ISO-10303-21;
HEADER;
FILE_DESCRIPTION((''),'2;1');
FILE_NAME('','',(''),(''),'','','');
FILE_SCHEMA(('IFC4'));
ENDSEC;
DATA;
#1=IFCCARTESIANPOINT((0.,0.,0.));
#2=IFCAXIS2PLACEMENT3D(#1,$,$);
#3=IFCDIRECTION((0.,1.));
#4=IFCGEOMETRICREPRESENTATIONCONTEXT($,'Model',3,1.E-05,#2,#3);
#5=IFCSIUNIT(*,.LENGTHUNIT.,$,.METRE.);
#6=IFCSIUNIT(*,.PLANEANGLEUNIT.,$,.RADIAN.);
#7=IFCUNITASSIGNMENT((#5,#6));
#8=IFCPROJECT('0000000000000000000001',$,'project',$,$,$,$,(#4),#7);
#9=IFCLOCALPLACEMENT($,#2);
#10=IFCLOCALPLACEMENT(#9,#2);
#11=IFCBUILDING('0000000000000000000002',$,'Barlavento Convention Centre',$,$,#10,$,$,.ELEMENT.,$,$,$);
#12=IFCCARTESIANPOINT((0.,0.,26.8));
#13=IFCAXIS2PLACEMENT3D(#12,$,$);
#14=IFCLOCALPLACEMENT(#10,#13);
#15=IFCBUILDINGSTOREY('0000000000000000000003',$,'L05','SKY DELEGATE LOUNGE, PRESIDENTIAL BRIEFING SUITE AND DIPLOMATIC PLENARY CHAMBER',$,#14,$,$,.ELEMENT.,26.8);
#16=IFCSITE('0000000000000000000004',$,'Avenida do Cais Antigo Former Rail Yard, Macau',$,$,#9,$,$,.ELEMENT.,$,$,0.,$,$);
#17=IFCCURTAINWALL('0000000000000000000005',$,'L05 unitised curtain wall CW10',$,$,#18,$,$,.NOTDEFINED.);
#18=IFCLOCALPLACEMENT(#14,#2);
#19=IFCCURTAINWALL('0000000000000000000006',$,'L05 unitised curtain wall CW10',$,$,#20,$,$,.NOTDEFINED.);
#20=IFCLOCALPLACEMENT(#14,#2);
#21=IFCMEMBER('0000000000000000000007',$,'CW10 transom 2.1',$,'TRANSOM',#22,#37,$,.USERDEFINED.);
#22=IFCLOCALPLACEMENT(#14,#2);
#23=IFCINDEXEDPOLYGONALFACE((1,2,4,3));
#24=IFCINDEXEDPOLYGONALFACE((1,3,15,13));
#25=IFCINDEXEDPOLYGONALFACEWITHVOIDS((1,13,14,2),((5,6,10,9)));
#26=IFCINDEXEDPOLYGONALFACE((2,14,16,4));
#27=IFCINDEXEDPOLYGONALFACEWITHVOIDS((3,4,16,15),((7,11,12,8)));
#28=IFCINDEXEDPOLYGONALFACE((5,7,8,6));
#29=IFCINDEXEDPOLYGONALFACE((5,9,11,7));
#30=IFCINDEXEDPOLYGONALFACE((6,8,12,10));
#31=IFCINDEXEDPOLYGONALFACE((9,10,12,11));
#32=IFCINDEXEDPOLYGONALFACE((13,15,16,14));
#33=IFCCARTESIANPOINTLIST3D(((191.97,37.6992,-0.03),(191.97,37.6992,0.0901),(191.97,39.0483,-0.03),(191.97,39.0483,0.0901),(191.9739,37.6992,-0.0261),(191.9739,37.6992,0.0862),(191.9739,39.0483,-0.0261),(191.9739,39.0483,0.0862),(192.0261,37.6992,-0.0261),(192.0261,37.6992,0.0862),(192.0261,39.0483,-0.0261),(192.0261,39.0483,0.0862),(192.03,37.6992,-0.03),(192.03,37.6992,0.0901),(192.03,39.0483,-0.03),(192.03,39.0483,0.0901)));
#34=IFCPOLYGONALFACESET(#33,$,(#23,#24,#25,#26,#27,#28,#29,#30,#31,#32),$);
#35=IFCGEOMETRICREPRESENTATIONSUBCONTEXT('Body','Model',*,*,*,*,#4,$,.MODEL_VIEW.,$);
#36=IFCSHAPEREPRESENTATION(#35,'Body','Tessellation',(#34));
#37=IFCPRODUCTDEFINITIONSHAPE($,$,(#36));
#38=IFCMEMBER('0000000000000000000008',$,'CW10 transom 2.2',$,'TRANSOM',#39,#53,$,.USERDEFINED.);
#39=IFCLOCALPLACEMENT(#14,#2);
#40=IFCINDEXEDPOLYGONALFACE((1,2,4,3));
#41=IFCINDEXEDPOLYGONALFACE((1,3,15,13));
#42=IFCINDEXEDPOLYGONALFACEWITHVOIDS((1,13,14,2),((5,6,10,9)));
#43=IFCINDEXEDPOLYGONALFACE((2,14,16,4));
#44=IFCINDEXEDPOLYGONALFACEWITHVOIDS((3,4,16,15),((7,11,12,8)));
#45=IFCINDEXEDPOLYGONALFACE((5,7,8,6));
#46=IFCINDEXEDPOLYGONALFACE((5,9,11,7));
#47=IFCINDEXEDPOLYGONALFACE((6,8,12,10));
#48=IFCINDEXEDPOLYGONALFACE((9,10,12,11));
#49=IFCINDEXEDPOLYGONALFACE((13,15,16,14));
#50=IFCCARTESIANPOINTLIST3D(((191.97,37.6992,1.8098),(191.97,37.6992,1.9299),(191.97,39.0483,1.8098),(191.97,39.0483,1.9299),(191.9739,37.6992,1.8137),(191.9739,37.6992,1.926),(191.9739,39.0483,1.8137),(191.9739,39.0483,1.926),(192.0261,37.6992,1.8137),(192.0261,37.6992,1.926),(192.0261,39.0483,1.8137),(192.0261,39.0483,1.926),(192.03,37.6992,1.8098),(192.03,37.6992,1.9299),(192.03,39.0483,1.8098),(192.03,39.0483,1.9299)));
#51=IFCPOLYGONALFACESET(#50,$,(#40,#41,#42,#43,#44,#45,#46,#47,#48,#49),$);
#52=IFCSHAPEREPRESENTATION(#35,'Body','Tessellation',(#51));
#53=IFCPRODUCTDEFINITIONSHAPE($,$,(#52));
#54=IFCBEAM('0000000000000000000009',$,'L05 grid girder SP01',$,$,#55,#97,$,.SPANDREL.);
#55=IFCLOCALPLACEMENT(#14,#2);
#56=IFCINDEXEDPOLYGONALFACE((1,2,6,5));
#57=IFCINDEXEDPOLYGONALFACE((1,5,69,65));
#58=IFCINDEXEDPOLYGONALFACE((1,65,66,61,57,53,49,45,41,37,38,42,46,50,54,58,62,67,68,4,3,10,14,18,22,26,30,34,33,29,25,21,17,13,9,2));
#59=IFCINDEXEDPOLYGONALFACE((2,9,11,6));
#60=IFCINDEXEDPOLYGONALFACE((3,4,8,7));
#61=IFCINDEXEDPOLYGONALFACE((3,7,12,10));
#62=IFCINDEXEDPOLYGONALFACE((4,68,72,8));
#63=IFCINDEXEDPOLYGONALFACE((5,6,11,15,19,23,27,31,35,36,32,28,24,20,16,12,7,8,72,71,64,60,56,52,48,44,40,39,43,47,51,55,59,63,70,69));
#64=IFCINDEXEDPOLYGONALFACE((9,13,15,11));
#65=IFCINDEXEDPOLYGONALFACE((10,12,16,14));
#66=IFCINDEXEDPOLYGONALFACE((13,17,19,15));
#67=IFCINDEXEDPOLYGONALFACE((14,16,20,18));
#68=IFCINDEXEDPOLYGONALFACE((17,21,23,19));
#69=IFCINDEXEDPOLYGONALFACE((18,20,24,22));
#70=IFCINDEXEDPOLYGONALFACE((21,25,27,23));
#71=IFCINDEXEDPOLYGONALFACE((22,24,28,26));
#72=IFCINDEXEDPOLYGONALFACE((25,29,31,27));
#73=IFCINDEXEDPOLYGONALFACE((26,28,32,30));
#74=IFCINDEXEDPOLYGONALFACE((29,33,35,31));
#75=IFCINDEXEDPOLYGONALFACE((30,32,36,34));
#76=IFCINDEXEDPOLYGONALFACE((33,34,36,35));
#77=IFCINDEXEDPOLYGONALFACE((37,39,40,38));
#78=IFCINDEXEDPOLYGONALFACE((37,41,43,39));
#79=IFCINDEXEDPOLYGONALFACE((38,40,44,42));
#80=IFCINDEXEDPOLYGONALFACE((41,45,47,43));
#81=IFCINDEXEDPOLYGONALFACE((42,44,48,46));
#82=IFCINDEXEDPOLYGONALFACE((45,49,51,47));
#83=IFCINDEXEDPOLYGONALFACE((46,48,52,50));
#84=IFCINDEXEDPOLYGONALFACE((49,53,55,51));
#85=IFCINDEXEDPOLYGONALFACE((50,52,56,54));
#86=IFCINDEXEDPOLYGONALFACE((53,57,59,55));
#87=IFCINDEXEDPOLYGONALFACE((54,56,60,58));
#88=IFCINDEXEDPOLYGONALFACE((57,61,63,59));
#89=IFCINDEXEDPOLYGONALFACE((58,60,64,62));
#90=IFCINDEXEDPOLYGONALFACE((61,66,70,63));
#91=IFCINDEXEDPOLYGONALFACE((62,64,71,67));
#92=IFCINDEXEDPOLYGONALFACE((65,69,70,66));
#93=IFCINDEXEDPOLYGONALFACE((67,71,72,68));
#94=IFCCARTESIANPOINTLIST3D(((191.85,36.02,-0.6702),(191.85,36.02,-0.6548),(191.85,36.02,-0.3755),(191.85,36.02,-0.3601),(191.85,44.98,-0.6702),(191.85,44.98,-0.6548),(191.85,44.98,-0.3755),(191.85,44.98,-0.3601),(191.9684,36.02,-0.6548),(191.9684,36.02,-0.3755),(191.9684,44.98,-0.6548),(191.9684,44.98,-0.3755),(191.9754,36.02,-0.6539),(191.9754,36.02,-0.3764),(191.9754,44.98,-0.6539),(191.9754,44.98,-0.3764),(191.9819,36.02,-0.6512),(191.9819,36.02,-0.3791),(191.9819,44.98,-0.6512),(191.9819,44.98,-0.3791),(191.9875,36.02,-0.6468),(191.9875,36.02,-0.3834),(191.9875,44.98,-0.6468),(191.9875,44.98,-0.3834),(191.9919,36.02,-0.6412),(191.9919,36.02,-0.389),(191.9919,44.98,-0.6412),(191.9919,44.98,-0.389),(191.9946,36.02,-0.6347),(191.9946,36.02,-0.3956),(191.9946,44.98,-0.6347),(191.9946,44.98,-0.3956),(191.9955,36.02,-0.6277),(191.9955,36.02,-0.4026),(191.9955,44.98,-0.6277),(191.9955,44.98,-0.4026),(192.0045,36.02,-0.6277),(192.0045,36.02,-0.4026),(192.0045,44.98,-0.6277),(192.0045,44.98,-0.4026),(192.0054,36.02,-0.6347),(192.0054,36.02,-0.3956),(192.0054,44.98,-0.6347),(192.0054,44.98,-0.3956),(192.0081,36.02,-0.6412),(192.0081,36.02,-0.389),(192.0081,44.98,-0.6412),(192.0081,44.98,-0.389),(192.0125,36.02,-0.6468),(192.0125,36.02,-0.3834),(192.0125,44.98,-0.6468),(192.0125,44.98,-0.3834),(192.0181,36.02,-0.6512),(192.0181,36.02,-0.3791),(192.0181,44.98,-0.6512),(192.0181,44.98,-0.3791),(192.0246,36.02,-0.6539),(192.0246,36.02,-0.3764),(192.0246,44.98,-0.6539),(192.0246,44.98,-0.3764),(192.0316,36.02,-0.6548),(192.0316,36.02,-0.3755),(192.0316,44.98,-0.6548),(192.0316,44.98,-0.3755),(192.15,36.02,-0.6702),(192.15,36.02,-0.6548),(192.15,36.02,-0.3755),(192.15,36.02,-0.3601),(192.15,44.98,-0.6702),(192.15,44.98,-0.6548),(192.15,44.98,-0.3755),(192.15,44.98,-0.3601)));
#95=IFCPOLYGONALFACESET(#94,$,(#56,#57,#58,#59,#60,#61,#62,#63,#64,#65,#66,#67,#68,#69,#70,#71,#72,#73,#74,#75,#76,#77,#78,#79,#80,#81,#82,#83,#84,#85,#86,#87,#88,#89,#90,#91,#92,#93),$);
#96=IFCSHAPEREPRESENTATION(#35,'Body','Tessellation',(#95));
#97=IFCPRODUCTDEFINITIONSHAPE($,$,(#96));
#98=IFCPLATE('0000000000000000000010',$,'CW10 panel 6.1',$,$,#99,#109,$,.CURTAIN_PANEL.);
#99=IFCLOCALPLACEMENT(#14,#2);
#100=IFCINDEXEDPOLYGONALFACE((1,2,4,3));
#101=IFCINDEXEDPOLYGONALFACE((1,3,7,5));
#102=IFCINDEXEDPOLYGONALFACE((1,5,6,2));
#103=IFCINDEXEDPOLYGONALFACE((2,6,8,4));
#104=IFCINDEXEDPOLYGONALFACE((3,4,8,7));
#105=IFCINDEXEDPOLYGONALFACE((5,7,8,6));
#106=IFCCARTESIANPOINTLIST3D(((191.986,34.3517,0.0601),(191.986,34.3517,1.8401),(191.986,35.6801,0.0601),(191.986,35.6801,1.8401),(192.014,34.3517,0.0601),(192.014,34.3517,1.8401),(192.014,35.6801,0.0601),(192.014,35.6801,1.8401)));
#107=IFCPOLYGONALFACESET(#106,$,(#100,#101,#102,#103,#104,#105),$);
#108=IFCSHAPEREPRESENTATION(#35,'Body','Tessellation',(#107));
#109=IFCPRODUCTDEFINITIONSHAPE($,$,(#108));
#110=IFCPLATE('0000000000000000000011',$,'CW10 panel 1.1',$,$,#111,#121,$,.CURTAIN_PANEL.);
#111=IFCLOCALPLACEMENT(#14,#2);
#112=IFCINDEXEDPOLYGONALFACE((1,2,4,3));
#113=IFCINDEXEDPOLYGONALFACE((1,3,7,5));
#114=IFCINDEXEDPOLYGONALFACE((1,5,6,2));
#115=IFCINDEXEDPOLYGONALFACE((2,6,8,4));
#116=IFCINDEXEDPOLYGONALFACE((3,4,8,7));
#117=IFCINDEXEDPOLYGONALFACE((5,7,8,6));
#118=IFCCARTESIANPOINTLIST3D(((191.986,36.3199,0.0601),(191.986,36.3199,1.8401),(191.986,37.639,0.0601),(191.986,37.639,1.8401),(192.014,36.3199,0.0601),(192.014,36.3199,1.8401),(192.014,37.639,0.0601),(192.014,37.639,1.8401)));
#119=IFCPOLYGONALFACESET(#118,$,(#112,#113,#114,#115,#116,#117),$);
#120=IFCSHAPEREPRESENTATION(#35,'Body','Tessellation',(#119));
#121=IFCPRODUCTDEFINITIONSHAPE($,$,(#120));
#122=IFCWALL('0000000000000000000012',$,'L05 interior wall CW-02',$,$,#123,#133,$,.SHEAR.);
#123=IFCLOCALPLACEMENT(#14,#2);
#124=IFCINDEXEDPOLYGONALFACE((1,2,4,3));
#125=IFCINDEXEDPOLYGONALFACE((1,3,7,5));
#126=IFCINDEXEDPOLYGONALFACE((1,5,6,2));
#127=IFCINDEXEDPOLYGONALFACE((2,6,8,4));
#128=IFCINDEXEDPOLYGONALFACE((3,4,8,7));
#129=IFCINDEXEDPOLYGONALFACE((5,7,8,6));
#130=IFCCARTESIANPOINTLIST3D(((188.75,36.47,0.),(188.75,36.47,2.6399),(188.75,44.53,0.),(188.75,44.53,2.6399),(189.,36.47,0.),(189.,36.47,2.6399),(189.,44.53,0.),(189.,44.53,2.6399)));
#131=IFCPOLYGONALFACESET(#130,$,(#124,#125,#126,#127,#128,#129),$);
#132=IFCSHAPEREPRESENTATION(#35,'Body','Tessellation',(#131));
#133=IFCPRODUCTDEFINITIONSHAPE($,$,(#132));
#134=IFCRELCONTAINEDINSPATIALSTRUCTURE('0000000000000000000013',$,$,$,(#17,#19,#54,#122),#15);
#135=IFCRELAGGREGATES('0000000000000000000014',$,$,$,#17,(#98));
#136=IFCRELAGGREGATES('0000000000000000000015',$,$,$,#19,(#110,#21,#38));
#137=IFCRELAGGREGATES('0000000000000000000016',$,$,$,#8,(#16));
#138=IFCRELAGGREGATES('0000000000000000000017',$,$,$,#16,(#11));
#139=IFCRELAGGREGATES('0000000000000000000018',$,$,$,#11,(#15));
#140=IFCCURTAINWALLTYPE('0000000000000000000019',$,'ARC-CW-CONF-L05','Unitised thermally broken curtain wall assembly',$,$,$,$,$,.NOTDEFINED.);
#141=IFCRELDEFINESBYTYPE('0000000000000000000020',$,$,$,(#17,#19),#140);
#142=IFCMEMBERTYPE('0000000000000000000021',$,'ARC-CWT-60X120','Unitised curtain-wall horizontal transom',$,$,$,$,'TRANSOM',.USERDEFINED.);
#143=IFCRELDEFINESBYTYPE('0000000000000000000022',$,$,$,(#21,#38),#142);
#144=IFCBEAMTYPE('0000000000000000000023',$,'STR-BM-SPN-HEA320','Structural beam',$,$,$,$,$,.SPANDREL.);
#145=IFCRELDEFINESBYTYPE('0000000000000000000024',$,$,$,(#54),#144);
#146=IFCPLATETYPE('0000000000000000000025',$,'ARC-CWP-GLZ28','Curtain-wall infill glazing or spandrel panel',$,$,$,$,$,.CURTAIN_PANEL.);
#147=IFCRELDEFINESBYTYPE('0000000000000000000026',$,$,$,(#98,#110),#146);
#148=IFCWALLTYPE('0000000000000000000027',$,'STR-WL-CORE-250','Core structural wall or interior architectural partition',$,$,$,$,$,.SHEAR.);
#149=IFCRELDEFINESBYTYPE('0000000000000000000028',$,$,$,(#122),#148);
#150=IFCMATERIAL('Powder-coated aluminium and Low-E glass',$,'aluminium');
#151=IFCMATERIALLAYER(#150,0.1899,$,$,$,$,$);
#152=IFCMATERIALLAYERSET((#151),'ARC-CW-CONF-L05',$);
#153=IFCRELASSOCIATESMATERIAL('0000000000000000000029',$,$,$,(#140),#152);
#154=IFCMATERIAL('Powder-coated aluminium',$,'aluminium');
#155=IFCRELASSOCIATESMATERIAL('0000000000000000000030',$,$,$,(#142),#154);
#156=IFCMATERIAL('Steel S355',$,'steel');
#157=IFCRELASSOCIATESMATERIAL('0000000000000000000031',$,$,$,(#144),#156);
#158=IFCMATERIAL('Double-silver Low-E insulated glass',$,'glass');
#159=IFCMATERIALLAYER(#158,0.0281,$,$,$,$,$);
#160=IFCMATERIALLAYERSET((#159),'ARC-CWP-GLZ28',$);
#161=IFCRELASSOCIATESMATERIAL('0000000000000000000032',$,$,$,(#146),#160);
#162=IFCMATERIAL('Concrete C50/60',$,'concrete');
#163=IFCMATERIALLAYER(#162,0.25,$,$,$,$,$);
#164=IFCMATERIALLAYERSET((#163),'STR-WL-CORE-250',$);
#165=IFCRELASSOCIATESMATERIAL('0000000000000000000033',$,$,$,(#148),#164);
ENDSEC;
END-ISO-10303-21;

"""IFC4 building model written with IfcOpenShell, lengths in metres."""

from ifc_helpers import new_model, si_unit, direction, frame, frame_2d, origin, origin_2d, place, context, subcontext, project, spatial, rectangle, hollow_rectangle, i_section, extrude, material, layer, layer_set, material_profile, profile_set, type_object, element, aggregate, save


model = new_model("IFC4")

# Units and contexts
model_context = context("Model", 3, precision=1e-05, world=origin(), true_north=direction((0.0, 1.0)))
body_context = subcontext(model_context, "Body", "Model", "MODEL_VIEW")
ifc_project = project(units=[si_unit("LENGTHUNIT", "METRE"), si_unit("PLANEANGLEUNIT", "RADIAN")], contexts=[model_context])

# Site, building, storey
site_placement = place(None, origin())
site = spatial("IfcSite", under=ifc_project, at=site_placement, Name="Avenida do Cais Antigo Former Rail Yard, Macau", CompositionType="ELEMENT", RefElevation=0.0)
building_placement = place(site_placement, origin())
building = spatial("IfcBuilding", under=site, at=building_placement, Name="Barlavento Convention Centre", CompositionType="ELEMENT")
storey_placement = place(building_placement, frame((0.0, 0.0, 26.8)))
storey = spatial("IfcBuildingStorey", under=building, at=storey_placement, Name="L05", Description="SKY DELEGATE LOUNGE, PRESIDENTIAL BRIEFING SUITE AND DIPLOMATIC PLENARY CHAMBER", CompositionType="ELEMENT", Elevation=26.8)

# Shared definitions
ifc_material_1 = material(Name="Steel S355", Category="steel")

# Curtain walls
ifc_material_2 = material(Name="Powder-coated aluminium and Low-E glass", Category="aluminium")
ifc_layer_1 = layer(ifc_material_2, 0.1899)
ifc_layer_set_1 = layer_set([ifc_layer_1], Name="ARC-CW-CONF-L05")
curtain_wall_type = type_object("IfcCurtainWallType", Name="ARC-CW-CONF-L05", Description="Unitised thermally broken curtain wall assembly", PredefinedType="NOTDEFINED", material=ifc_layer_set_1)
curtain_wall_1_placement = place(storey_placement, origin())
curtain_wall_1 = element("IfcCurtainWall", 1, at=curtain_wall_1_placement, inside=storey, type_object=curtain_wall_type, Name="L05 unitised curtain wall CW10", PredefinedType="NOTDEFINED")
ifc_material_3 = material(Name="Powder-coated aluminium", Category="aluminium")
curtain_wall_2_placement = place(storey_placement, origin())
curtain_wall_2 = element("IfcCurtainWall", 2, at=curtain_wall_2_placement, inside=storey, type_object=curtain_wall_type, Name="L05 unitised curtain wall CW10", PredefinedType="NOTDEFINED")

# Members
ifc_material_profile_1 = material_profile(ifc_material_3, hollow_rectangle(XDim=0.0601, YDim=0.1201, WallThickness=0.0039, at=origin_2d()), Name="AL-TRAN 60x120x4")
ifc_profile_set_1 = profile_set([ifc_material_profile_1], Name="Powder-coated aluminium")
member_type_1 = type_object("IfcMemberType", Name="ARC-CWT-60X120", Description="Unitised curtain-wall horizontal transom", ElementType="TRANSOM", PredefinedType="USERDEFINED", material=ifc_profile_set_1)
member_1_placement = place(storey_placement, frame((192.0, 37.6992, 0.03), z_axis=(0.0, 1.0, 0.0), x_axis=(-1.0, 0.0, 0.0)))
member_1 = element("IfcMember", 3, at=member_1_placement, type_object=member_type_1, Name="CW10 transom 2.1", ObjectType="TRANSOM", PredefinedType="USERDEFINED", context=body_context, shape_type="SweptSolid", body=[
    extrude(hollow_rectangle(XDim=0.0601, YDim=0.1201, WallThickness=0.0039, at=origin_2d()), origin(), (0.0, 0.0, 1.0), 1.3491),
])
member_2_placement = place(storey_placement, frame((192.0, 37.6992, 1.8699), z_axis=(0.0, 1.0, 0.0), x_axis=(-1.0, 0.0, 0.0)))
member_2 = element("IfcMember", 4, at=member_2_placement, type_object=member_type_1, Name="CW10 transom 2.2", ObjectType="TRANSOM", PredefinedType="USERDEFINED", context=body_context, shape_type="SweptSolid", body=[
    extrude(hollow_rectangle(XDim=0.0601, YDim=0.1201, WallThickness=0.0039, at=origin_2d()), origin(), (0.0, 0.0, 1.0), 1.3491),
])

# Beam
ifc_material_profile_2 = material_profile(ifc_material_1, i_section(OverallWidth=0.3, OverallDepth=0.3101, WebThickness=0.009, FlangeThickness=0.0154, FilletRadius=0.0271, at=origin_2d()), Name="HEA 320")
ifc_profile_set_2 = profile_set([ifc_material_profile_2], Name="Steel S355")
beam_type = type_object("IfcBeamType", Name="STR-BM-SPN-HEA320", Description="Structural beam", PredefinedType="SPANDREL", material=ifc_profile_set_2)
beam_placement = place(storey_placement, frame((192.0, 36.02, -0.5151), z_axis=(0.0, 1.0, 0.0), x_axis=(-1.0, 0.0, 0.0)))
element("IfcBeam", 5, at=beam_placement, inside=storey, type_object=beam_type, Name="L05 grid girder SP01", PredefinedType="SPANDREL", context=body_context, shape_type="SweptSolid", body=[
    extrude(i_section(OverallWidth=0.3, OverallDepth=0.3101, WebThickness=0.009, FlangeThickness=0.0154, FilletRadius=0.0271, at=origin_2d()), origin(), (0.0, 0.0, 1.0), 8.96),
])

# Plates
ifc_material_4 = material(Name="Double-silver Low-E insulated glass", Category="glass")
ifc_layer_2 = layer(ifc_material_4, 0.0281)
ifc_layer_set_2 = layer_set([ifc_layer_2], Name="ARC-CWP-GLZ28")
plate_type = type_object("IfcPlateType", Name="ARC-CWP-GLZ28", Description="Curtain-wall infill glazing or spandrel panel", PredefinedType="CURTAIN_PANEL", material=ifc_layer_set_2)
plate_1_placement = place(storey_placement, frame((192.0, 35.0159, 0.0601), z_axis=(0.0, 0.0, 1.0), x_axis=(0.0, 1.0, 0.0)))
plate_1 = element("IfcPlate", 6, at=plate_1_placement, type_object=plate_type, Name="CW10 panel 6.1", PredefinedType="CURTAIN_PANEL", context=body_context, shape_type="SweptSolid", body=[
    extrude(rectangle(XDim=1.3284, YDim=0.0281, at=origin_2d()), origin(), (0.0, 0.0, 1.0), 1.78),
])
aggregate(curtain_wall_1, [plate_1])
plate_2_placement = place(storey_placement, frame((192.0, 36.9795, 0.0601), z_axis=(0.0, 0.0, 1.0), x_axis=(0.0, 1.0, 0.0)))
plate_2 = element("IfcPlate", 7, at=plate_2_placement, type_object=plate_type, Name="CW10 panel 1.1", PredefinedType="CURTAIN_PANEL", context=body_context, shape_type="SweptSolid", body=[
    extrude(rectangle(XDim=1.3191, YDim=0.0281, at=origin_2d()), origin(), (0.0, 0.0, 1.0), 1.78),
])
aggregate(curtain_wall_2, [plate_2, member_1, member_2])

# Wall
ifc_material_5 = material(Name="Concrete C50/60", Category="concrete")
ifc_layer_3 = layer(ifc_material_5, 0.25)
ifc_layer_set_3 = layer_set([ifc_layer_3], Name="STR-WL-CORE-250")
wall_type = type_object("IfcWallType", Name="STR-WL-CORE-250", Description="Core structural wall or interior architectural partition", PredefinedType="SHEAR", material=ifc_layer_set_3)
wall_1_placement = place(storey_placement, frame((188.875, 36.47, 0.0), z_axis=(0.0, 0.0, 1.0), x_axis=(0.0, 1.0, 0.0)))
element("IfcWall", 8, at=wall_1_placement, inside=storey, type_object=wall_type, Name="L05 interior wall CW-02", PredefinedType="SHEAR", context=body_context, shape_type="SweptSolid", body=[
    extrude(rectangle(XDim=8.0601, YDim=0.25, at=frame_2d((4.03, 0.0))), origin(), (0.0, 0.0, 1.0), 2.6399),
])

save(model, "model.ifc")
